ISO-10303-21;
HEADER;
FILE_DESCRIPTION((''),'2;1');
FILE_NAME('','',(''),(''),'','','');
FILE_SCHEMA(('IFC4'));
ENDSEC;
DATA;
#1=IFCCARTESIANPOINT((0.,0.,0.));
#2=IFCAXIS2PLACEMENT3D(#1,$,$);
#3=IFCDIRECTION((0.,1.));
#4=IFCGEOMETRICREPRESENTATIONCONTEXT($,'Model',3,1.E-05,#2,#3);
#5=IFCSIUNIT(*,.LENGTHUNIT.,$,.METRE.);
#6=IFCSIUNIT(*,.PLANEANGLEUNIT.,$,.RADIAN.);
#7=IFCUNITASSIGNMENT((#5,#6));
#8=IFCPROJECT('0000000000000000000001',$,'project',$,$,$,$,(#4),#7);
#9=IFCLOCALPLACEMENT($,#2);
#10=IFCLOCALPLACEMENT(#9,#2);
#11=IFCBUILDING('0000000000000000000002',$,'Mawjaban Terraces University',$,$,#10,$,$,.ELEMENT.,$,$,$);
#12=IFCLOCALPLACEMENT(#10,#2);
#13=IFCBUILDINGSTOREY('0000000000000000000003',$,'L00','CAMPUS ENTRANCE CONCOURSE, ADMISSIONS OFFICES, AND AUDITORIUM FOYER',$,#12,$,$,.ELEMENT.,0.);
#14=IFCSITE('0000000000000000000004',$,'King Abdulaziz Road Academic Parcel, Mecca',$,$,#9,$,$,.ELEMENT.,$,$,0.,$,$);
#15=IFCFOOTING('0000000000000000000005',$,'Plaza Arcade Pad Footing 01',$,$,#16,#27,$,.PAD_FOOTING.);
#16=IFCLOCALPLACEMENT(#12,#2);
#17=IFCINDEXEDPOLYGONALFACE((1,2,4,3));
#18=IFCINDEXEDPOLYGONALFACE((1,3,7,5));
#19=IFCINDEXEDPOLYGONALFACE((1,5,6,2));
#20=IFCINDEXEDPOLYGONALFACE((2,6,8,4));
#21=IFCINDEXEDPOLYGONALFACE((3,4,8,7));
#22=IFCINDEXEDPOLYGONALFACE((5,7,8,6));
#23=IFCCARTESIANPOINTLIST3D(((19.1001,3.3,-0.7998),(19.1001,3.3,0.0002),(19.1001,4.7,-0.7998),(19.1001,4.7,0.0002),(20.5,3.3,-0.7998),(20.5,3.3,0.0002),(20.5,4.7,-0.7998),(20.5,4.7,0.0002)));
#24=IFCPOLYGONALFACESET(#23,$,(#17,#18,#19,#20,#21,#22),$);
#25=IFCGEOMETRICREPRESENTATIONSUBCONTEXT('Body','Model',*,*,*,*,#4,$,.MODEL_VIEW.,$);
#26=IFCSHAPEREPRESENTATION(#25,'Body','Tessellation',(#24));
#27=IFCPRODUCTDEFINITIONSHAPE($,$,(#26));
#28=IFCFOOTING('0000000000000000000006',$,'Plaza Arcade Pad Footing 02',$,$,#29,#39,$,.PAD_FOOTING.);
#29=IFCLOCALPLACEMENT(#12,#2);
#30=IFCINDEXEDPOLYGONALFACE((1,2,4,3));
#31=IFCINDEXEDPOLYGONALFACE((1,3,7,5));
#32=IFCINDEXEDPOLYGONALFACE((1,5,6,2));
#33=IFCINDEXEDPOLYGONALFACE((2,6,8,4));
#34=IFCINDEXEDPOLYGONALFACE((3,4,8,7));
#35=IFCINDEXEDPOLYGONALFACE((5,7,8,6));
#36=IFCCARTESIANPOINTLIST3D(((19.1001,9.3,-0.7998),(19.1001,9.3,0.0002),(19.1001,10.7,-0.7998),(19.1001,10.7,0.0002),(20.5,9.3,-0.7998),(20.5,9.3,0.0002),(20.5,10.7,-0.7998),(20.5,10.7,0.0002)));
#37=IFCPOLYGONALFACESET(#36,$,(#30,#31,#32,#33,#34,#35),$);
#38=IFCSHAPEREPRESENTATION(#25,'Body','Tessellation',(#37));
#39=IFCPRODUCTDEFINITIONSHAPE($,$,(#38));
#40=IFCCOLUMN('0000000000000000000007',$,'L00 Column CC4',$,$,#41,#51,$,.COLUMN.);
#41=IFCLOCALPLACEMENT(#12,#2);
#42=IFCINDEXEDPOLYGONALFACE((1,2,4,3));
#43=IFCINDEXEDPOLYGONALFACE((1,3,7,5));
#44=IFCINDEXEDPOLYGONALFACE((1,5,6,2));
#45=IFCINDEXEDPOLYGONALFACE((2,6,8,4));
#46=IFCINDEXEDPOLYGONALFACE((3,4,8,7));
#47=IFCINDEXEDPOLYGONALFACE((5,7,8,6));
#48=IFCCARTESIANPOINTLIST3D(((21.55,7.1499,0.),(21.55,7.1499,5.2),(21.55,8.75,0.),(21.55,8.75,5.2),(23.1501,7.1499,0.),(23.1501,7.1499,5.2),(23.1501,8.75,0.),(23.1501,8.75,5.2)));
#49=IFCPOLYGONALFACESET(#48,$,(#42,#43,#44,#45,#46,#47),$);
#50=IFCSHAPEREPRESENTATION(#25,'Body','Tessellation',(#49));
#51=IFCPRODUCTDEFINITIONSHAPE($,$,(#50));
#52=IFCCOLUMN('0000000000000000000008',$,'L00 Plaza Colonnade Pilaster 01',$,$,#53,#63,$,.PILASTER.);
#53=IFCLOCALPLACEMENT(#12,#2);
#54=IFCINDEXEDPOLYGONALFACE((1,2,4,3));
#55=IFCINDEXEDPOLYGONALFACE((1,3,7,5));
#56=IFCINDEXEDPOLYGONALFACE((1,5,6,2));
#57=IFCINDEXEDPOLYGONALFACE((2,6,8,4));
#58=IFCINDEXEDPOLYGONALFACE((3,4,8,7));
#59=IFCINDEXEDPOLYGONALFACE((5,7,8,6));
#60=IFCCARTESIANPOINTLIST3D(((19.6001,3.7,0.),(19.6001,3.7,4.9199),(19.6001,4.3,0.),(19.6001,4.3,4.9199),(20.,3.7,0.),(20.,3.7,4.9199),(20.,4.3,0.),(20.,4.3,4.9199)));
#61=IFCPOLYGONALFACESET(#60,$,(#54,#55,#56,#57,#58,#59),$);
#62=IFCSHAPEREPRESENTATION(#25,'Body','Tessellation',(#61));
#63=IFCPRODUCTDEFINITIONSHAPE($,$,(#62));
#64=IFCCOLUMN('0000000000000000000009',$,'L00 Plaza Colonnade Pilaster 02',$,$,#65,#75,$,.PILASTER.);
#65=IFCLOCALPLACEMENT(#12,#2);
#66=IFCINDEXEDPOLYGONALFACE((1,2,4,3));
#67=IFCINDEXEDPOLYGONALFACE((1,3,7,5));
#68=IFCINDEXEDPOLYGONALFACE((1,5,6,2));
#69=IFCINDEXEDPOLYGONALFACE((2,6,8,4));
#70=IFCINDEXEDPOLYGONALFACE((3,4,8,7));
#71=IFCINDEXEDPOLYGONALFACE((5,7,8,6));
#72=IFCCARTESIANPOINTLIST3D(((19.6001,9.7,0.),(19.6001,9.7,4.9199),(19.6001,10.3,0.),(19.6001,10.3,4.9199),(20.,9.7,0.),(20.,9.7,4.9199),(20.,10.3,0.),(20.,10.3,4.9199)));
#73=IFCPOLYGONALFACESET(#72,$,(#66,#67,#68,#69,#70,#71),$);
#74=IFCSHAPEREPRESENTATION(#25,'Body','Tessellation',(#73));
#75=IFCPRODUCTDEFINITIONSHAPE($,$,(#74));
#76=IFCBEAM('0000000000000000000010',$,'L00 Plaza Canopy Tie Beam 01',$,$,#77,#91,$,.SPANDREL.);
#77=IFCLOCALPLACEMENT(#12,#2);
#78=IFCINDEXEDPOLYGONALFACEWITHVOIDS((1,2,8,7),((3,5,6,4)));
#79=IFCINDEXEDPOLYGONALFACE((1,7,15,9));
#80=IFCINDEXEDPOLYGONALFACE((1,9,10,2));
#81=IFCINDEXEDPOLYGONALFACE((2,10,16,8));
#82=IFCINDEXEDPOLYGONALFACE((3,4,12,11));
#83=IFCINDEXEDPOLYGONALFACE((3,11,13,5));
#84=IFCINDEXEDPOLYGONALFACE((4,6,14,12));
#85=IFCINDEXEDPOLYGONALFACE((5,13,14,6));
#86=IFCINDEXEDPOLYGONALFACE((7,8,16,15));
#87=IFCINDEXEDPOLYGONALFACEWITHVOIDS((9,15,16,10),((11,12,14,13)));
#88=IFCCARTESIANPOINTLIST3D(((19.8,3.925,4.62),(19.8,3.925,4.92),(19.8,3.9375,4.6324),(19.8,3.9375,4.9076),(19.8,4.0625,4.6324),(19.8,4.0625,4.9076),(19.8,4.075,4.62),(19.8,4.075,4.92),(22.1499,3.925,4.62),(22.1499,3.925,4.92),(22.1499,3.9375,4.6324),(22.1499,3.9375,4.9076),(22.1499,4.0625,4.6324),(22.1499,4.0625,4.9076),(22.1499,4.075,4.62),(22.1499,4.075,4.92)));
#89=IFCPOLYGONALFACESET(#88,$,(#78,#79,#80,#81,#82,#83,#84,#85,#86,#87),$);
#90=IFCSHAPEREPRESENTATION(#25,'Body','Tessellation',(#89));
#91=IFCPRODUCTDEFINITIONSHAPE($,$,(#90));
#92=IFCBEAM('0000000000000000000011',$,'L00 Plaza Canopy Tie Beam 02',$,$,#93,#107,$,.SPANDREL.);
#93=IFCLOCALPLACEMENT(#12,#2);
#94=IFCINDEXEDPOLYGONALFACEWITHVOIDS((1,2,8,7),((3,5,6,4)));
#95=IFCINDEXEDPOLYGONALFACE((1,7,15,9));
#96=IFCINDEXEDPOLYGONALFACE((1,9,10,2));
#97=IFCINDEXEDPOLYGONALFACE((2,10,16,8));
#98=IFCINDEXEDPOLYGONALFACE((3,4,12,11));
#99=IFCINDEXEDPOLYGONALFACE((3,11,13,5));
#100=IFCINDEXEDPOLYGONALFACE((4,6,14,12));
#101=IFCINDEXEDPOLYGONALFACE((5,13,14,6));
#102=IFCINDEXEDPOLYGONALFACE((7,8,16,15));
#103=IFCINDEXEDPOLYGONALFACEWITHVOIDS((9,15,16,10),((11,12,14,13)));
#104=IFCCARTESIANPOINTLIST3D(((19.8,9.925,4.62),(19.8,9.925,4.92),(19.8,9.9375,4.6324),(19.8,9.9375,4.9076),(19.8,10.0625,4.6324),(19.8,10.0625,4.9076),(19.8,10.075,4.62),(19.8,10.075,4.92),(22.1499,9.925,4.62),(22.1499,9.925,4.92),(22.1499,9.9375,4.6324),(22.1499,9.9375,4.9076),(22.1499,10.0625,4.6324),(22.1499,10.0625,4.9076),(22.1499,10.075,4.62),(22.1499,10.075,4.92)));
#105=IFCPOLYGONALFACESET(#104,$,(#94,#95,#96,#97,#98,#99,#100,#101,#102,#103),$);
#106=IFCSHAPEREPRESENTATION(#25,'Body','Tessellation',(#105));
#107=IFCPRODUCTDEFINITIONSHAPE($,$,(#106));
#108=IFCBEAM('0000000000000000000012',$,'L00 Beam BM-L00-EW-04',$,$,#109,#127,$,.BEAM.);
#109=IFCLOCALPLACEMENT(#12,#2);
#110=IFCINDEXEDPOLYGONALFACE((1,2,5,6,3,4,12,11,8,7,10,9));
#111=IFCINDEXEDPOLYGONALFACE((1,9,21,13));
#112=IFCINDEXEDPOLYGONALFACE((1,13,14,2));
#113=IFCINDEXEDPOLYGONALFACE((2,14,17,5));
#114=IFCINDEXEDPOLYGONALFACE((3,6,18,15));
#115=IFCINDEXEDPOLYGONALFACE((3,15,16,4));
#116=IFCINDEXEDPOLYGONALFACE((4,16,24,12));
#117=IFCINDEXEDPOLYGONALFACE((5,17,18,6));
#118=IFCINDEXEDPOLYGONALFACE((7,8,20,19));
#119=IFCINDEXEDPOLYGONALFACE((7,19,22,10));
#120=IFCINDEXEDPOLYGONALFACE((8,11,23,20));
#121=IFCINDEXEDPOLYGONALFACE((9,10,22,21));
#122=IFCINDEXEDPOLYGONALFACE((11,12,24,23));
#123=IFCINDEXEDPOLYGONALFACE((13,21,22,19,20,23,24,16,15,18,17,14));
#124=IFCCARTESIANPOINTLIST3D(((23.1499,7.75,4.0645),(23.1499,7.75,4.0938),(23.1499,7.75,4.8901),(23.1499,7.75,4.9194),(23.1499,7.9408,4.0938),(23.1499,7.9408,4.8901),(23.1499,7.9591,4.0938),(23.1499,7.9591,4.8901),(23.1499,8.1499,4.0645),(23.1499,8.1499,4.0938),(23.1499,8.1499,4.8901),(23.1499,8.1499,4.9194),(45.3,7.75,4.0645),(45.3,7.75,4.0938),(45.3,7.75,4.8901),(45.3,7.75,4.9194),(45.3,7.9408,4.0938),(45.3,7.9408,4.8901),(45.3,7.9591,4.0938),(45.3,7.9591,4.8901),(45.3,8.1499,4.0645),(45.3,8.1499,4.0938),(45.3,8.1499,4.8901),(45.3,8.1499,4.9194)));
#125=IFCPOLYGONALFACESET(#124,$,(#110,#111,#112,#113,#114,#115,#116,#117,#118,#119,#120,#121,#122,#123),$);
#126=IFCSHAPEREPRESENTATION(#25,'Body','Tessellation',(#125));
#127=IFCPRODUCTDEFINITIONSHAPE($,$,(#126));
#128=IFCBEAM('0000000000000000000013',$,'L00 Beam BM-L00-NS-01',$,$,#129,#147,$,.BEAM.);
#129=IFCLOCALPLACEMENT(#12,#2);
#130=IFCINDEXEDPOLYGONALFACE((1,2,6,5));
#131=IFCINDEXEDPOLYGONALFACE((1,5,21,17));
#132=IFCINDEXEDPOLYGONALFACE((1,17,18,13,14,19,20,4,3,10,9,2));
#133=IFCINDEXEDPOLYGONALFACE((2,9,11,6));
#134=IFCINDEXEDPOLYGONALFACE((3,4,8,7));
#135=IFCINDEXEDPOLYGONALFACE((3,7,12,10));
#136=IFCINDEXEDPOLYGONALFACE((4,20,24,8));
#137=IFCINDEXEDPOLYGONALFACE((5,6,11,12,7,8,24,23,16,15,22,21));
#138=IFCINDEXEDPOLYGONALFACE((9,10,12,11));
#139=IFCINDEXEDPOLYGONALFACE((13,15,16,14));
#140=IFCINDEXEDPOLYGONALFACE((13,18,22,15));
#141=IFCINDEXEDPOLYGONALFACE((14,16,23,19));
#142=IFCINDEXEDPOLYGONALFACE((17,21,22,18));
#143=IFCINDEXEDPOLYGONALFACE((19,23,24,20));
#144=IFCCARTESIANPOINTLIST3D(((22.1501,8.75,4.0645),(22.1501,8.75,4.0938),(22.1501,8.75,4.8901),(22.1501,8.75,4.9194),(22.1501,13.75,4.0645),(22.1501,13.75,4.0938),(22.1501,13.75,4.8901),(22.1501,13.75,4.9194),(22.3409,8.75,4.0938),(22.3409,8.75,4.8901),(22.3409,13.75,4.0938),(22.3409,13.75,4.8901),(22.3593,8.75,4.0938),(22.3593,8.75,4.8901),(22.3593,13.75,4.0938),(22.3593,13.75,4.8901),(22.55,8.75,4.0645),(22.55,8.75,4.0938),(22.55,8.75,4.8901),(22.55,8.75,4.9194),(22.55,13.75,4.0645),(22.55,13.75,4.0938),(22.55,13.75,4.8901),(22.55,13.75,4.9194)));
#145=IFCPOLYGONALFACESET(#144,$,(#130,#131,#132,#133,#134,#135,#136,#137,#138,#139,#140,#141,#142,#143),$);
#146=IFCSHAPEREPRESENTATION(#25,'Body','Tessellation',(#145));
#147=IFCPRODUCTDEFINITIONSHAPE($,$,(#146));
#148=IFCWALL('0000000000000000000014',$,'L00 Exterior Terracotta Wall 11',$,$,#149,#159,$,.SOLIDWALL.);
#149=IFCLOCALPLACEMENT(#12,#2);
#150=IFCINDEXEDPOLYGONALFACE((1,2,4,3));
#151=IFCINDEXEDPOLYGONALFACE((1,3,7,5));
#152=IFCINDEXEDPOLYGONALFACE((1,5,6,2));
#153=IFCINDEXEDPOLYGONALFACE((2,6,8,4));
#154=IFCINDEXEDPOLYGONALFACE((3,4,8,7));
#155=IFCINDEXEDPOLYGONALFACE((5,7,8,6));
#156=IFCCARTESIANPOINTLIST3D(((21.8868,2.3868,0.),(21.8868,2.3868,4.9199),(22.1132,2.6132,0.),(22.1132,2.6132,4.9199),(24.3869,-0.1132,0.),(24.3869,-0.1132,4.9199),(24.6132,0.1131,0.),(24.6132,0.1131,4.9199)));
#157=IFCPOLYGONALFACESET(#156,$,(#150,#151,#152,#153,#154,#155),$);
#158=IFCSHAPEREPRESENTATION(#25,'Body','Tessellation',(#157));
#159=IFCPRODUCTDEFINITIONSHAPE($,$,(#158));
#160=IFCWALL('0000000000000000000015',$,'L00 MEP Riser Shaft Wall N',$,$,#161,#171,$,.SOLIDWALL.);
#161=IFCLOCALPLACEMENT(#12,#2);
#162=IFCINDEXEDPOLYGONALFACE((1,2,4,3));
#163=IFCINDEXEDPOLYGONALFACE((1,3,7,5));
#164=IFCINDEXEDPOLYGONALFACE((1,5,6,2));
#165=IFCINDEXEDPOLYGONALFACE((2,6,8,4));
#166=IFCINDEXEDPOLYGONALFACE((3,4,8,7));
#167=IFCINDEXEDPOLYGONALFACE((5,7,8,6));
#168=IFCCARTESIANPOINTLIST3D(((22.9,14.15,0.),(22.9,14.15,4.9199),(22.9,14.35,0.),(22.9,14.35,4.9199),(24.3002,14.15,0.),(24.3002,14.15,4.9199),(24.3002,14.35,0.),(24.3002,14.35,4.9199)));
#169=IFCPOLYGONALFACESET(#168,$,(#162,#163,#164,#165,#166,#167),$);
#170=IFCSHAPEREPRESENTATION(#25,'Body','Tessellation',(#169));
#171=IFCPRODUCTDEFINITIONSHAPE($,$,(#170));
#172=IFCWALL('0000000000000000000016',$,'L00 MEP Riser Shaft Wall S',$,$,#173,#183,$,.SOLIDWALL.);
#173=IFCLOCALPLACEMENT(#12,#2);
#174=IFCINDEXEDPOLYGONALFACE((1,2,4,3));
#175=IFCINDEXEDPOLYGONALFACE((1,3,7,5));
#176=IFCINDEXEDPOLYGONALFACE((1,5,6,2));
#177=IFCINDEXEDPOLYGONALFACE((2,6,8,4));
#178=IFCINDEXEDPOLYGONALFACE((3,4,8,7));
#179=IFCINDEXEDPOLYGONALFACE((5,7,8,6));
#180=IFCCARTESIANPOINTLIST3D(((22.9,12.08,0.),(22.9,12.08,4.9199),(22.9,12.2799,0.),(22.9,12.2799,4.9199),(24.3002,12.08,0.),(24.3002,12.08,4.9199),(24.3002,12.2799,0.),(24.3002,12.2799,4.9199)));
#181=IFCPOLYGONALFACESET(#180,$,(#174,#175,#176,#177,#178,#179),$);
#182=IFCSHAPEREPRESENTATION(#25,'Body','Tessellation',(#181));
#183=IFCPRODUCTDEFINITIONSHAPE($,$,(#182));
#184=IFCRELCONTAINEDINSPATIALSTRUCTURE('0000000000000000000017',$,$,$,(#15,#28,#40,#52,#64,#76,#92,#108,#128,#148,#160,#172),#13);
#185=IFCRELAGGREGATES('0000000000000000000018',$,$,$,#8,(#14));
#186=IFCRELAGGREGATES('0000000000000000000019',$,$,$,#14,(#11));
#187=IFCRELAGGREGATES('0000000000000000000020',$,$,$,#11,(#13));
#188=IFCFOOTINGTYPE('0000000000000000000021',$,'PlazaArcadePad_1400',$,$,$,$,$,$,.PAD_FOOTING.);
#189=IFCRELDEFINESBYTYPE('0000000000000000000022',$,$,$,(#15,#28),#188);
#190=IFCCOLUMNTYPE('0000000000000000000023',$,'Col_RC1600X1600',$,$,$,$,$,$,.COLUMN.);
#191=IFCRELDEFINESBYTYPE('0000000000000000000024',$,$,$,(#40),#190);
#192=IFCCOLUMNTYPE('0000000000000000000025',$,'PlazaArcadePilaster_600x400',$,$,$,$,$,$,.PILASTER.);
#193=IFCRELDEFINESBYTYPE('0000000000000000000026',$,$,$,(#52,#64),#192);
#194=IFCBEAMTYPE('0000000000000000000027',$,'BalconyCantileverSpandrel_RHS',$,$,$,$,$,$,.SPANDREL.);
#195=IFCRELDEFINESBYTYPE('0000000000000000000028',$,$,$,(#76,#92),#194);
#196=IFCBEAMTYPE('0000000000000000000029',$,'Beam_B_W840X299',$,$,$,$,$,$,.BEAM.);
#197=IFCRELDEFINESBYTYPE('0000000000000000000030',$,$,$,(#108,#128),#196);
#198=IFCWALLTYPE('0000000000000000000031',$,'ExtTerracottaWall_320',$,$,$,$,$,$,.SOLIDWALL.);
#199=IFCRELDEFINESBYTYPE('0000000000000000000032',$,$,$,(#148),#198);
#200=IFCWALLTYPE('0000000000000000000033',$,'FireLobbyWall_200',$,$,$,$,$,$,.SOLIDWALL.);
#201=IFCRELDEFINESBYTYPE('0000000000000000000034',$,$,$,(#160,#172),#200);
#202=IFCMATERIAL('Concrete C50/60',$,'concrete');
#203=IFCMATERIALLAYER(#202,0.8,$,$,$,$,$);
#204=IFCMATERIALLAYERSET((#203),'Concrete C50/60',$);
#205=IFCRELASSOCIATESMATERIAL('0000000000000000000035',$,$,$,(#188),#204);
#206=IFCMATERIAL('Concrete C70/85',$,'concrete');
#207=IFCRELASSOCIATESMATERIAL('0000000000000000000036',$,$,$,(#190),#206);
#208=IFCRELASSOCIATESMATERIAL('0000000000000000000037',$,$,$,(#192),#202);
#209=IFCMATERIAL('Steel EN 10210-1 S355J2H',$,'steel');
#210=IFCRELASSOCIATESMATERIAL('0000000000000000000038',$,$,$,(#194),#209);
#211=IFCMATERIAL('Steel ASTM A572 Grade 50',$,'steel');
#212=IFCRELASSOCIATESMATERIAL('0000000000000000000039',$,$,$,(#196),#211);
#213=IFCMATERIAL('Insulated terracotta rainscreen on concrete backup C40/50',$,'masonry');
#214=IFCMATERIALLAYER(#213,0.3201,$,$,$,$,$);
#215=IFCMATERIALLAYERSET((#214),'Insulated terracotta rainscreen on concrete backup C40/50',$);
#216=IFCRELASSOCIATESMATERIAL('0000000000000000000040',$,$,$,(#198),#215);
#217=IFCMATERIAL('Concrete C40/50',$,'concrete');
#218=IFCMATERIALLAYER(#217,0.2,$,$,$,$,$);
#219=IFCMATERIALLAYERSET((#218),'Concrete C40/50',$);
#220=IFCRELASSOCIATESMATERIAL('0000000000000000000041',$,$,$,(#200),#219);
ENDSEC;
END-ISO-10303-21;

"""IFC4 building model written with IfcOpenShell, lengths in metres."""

from ifc_helpers import new_model, si_unit, direction, frame, frame_2d, origin, origin_2d, place, context, subcontext, project, spatial, rectangle, hollow_rectangle, i_section, extrude, material, layer, layer_set, material_profile, profile_set, type_object, element, save


model = new_model("IFC4")

# Units and contexts
model_context = context("Model", 3, precision=1e-05, world=origin(), true_north=direction((0.0, 1.0)))
body_context = subcontext(model_context, "Body", "Model", "MODEL_VIEW")
ifc_project = project(units=[si_unit("LENGTHUNIT", "METRE"), si_unit("PLANEANGLEUNIT", "RADIAN")], contexts=[model_context])

# Site, building, storey
site_placement = place(None, origin())
site = spatial("IfcSite", under=ifc_project, at=site_placement, Name="King Abdulaziz Road Academic Parcel, Mecca", CompositionType="ELEMENT", RefElevation=0.0)
building_placement = place(site_placement, origin())
building = spatial("IfcBuilding", under=site, at=building_placement, Name="Mawjaban Terraces University", CompositionType="ELEMENT")
storey_placement = place(building_placement, origin())
storey = spatial("IfcBuildingStorey", under=building, at=storey_placement, Name="L00", Description="CAMPUS ENTRANCE CONCOURSE, ADMISSIONS OFFICES, AND AUDITORIUM FOYER", CompositionType="ELEMENT", Elevation=0.0)

# Footings
ifc_material_1 = material(Name="Concrete C50/60", Category="concrete")
ifc_layer_1 = layer(ifc_material_1, 0.8)
ifc_layer_set_1 = layer_set([ifc_layer_1], Name="Concrete C50/60")
footing_type = type_object("IfcFootingType", Name="PlazaArcadePad_1400", PredefinedType="PAD_FOOTING", material=ifc_layer_set_1)
for number, where, z_axis, x_axis, name in (
    (1, (19.8, 4.0, -0.7998), (0.0, 0.0, 1.0), (1.0, 0.0, 0.0), "Plaza Arcade Pad Footing 01"),
    (2, (19.8, 10.0, -0.7998), (0.0, 0.0, 1.0), (1.0, 0.0, 0.0), "Plaza Arcade Pad Footing 02"),
):
    element("IfcFooting", number, at=place(storey_placement, frame(where, z_axis=z_axis, x_axis=x_axis)), inside=storey, type_object=footing_type, Name=name, PredefinedType="PAD_FOOTING", context=body_context, shape_type="SweptSolid", body=[
        extrude(rectangle(XDim=1.3999, YDim=1.3999, at=origin_2d()), origin(), (0.0, 0.0, 1.0), 0.8),
    ])

# Columns
ifc_material_2 = material(Name="Concrete C70/85", Category="concrete")
ifc_material_profile_1 = material_profile(ifc_material_2, rectangle(XDim=1.6001, YDim=1.6001, at=origin_2d()), Name="RC1600X1600")
ifc_profile_set_1 = profile_set([ifc_material_profile_1], Name="Concrete C70/85")
column_type_1 = type_object("IfcColumnType", Name="Col_RC1600X1600", PredefinedType="COLUMN", material=ifc_profile_set_1)
column_placement = place(storey_placement, frame((22.3501, 7.95, 0.0), z_axis=(0.0, 0.0, 1.0), x_axis=(1.0, 0.0, 0.0)))
element("IfcColumn", 3, at=column_placement, inside=storey, type_object=column_type_1, Name="L00 Column CC4", PredefinedType="COLUMN", context=body_context, shape_type="SweptSolid", body=[
    extrude(rectangle(XDim=1.6001, YDim=1.6001, at=origin_2d()), origin(), (0.0, 0.0, 1.0), 5.2),
])
ifc_material_profile_2 = material_profile(ifc_material_1, rectangle(XDim=0.3999, YDim=0.6001, at=origin_2d()), Name="PIL600X400")
ifc_profile_set_2 = profile_set([ifc_material_profile_2], Name="Concrete C50/60")
column_type_2 = type_object("IfcColumnType", Name="PlazaArcadePilaster_600x400", PredefinedType="PILASTER", material=ifc_profile_set_2)
for number, where, z_axis, x_axis, name in (
    (4, (19.8, 4.0, 0.0), (0.0, 0.0, 1.0), (1.0, 0.0, 0.0), "L00 Plaza Colonnade Pilaster 01"),
    (5, (19.8, 10.0, 0.0), (0.0, 0.0, 1.0), (1.0, 0.0, 0.0), "L00 Plaza Colonnade Pilaster 02"),
):
    element("IfcColumn", number, at=place(storey_placement, frame(where, z_axis=z_axis, x_axis=x_axis)), inside=storey, type_object=column_type_2, Name=name, PredefinedType="PILASTER", context=body_context, shape_type="SweptSolid", body=[
        extrude(rectangle(XDim=0.3999, YDim=0.6001, at=origin_2d()), origin(), (0.0, 0.0, 1.0), 4.9199),
    ])

# Beams
ifc_material_3 = material(Name="Steel EN 10210-1 S355J2H", Category="steel")
ifc_material_profile_3 = material_profile(ifc_material_3, hollow_rectangle(XDim=0.1499, YDim=0.3, WallThickness=0.0125, at=origin_2d()), Name="RHS300X150X12.5")
ifc_profile_set_3 = profile_set([ifc_material_profile_3], Name="Steel EN 10210-1 S355J2H")
beam_type_1 = type_object("IfcBeamType", Name="BalconyCantileverSpandrel_RHS", PredefinedType="SPANDREL", material=ifc_profile_set_3)
for number, where, z_axis, x_axis, name in (
    (6, (19.8, 4.0, 4.77), (1.0, 0.0, 0.0), (0.0, 1.0, 0.0), "L00 Plaza Canopy Tie Beam 01"),
    (7, (19.8, 10.0, 4.77), (1.0, 0.0, 0.0), (0.0, 1.0, 0.0), "L00 Plaza Canopy Tie Beam 02"),
):
    element("IfcBeam", number, at=place(storey_placement, frame(where, z_axis=z_axis, x_axis=x_axis)), inside=storey, type_object=beam_type_1, Name=name, PredefinedType="SPANDREL", context=body_context, shape_type="SweptSolid", body=[
        extrude(hollow_rectangle(XDim=0.1499, YDim=0.3, WallThickness=0.0125, at=origin_2d()), origin(), (0.0, 0.0, 1.0), 2.3499),
    ])
ifc_material_4 = material(Name="Steel ASTM A572 Grade 50", Category="steel")
ifc_material_profile_4 = material_profile(ifc_material_4, i_section(OverallWidth=0.3999, OverallDepth=0.855, WebThickness=0.0183, FlangeThickness=0.0293, at=origin_2d()), Name="W840X299")
ifc_profile_set_4 = profile_set([ifc_material_profile_4], Name="Steel ASTM A572 Grade 50")
beam_type_2 = type_object("IfcBeamType", Name="Beam_B_W840X299", PredefinedType="BEAM", material=ifc_profile_set_4)
beam_1_placement = place(storey_placement, frame((23.1499, 7.95, 4.4919), z_axis=(1.0, 0.0, 0.0), x_axis=(0.0, 1.0, 0.0)))
element("IfcBeam", 8, at=beam_1_placement, inside=storey, type_object=beam_type_2, Name="L00 Beam BM-L00-EW-04", PredefinedType="BEAM", context=body_context, shape_type="SweptSolid", body=[
    extrude(i_section(OverallWidth=0.3999, OverallDepth=0.855, WebThickness=0.0183, FlangeThickness=0.0293, at=origin_2d()), origin(), (0.0, 0.0, 1.0), 22.1501),
])
beam_2_placement = place(storey_placement, frame((22.3501, 8.75, 4.4919), z_axis=(0.0, 1.0, 0.0), x_axis=(-1.0, 0.0, 0.0)))
element("IfcBeam", 9, at=beam_2_placement, inside=storey, type_object=beam_type_2, Name="L00 Beam BM-L00-NS-01", PredefinedType="BEAM", context=body_context, shape_type="SweptSolid", body=[
    extrude(i_section(OverallWidth=0.3999, OverallDepth=0.855, WebThickness=0.0183, FlangeThickness=0.0293, at=origin_2d()), origin(), (0.0, 0.0, 1.0), 5.0),
])

# Walls
ifc_material_5 = material(Name="Insulated terracotta rainscreen on concrete backup C40/50", Category="masonry")
ifc_layer_2 = layer(ifc_material_5, 0.3201)
ifc_layer_set_2 = layer_set([ifc_layer_2], Name="Insulated terracotta rainscreen on concrete backup C40/50")
wall_type_1 = type_object("IfcWallType", Name="ExtTerracottaWall_320", PredefinedType="SOLIDWALL", material=ifc_layer_set_2)
wall_1_placement = place(storey_placement, frame((22.0, 2.5, 0.0), z_axis=(0.0, 0.0, 1.0), x_axis=(0.707107, -0.707107, 0.0)))
element("IfcWall", 10, at=wall_1_placement, inside=storey, type_object=wall_type_1, Name="L00 Exterior Terracotta Wall 11", PredefinedType="SOLIDWALL", context=body_context, shape_type="SweptSolid", body=[
    extrude(rectangle(XDim=3.5356, YDim=0.3201, at=frame_2d((1.7678, 0.0))), origin(), (0.0, 0.0, 1.0), 4.9199),
])
ifc_material_6 = material(Name="Concrete C40/50", Category="concrete")
ifc_layer_3 = layer(ifc_material_6, 0.2)
ifc_layer_set_3 = layer_set([ifc_layer_3], Name="Concrete C40/50")
wall_type_2 = type_object("IfcWallType", Name="FireLobbyWall_200", PredefinedType="SOLIDWALL", material=ifc_layer_set_3)
for number, where, z_axis, x_axis, name in (
    (11, (22.8999, 14.25, 0.0), (0.0, 0.0, 1.0), (1.0, 0.0, 0.0), "L00 MEP Riser Shaft Wall N"),
    (12, (22.8999, 12.1799, 0.0), (0.0, 0.0, 1.0), (1.0, 0.0, 0.0), "L00 MEP Riser Shaft Wall S"),
):
    element("IfcWall", number, at=place(storey_placement, frame(where, z_axis=z_axis, x_axis=x_axis)), inside=storey, type_object=wall_type_2, Name=name, PredefinedType="SOLIDWALL", context=body_context, shape_type="SweptSolid", body=[
        extrude(rectangle(XDim=1.4001, YDim=0.2, at=frame_2d((0.7002, 0.0))), origin(), (0.0, 0.0, 1.0), 4.9199),
    ])

save(model, "model.ifc")
